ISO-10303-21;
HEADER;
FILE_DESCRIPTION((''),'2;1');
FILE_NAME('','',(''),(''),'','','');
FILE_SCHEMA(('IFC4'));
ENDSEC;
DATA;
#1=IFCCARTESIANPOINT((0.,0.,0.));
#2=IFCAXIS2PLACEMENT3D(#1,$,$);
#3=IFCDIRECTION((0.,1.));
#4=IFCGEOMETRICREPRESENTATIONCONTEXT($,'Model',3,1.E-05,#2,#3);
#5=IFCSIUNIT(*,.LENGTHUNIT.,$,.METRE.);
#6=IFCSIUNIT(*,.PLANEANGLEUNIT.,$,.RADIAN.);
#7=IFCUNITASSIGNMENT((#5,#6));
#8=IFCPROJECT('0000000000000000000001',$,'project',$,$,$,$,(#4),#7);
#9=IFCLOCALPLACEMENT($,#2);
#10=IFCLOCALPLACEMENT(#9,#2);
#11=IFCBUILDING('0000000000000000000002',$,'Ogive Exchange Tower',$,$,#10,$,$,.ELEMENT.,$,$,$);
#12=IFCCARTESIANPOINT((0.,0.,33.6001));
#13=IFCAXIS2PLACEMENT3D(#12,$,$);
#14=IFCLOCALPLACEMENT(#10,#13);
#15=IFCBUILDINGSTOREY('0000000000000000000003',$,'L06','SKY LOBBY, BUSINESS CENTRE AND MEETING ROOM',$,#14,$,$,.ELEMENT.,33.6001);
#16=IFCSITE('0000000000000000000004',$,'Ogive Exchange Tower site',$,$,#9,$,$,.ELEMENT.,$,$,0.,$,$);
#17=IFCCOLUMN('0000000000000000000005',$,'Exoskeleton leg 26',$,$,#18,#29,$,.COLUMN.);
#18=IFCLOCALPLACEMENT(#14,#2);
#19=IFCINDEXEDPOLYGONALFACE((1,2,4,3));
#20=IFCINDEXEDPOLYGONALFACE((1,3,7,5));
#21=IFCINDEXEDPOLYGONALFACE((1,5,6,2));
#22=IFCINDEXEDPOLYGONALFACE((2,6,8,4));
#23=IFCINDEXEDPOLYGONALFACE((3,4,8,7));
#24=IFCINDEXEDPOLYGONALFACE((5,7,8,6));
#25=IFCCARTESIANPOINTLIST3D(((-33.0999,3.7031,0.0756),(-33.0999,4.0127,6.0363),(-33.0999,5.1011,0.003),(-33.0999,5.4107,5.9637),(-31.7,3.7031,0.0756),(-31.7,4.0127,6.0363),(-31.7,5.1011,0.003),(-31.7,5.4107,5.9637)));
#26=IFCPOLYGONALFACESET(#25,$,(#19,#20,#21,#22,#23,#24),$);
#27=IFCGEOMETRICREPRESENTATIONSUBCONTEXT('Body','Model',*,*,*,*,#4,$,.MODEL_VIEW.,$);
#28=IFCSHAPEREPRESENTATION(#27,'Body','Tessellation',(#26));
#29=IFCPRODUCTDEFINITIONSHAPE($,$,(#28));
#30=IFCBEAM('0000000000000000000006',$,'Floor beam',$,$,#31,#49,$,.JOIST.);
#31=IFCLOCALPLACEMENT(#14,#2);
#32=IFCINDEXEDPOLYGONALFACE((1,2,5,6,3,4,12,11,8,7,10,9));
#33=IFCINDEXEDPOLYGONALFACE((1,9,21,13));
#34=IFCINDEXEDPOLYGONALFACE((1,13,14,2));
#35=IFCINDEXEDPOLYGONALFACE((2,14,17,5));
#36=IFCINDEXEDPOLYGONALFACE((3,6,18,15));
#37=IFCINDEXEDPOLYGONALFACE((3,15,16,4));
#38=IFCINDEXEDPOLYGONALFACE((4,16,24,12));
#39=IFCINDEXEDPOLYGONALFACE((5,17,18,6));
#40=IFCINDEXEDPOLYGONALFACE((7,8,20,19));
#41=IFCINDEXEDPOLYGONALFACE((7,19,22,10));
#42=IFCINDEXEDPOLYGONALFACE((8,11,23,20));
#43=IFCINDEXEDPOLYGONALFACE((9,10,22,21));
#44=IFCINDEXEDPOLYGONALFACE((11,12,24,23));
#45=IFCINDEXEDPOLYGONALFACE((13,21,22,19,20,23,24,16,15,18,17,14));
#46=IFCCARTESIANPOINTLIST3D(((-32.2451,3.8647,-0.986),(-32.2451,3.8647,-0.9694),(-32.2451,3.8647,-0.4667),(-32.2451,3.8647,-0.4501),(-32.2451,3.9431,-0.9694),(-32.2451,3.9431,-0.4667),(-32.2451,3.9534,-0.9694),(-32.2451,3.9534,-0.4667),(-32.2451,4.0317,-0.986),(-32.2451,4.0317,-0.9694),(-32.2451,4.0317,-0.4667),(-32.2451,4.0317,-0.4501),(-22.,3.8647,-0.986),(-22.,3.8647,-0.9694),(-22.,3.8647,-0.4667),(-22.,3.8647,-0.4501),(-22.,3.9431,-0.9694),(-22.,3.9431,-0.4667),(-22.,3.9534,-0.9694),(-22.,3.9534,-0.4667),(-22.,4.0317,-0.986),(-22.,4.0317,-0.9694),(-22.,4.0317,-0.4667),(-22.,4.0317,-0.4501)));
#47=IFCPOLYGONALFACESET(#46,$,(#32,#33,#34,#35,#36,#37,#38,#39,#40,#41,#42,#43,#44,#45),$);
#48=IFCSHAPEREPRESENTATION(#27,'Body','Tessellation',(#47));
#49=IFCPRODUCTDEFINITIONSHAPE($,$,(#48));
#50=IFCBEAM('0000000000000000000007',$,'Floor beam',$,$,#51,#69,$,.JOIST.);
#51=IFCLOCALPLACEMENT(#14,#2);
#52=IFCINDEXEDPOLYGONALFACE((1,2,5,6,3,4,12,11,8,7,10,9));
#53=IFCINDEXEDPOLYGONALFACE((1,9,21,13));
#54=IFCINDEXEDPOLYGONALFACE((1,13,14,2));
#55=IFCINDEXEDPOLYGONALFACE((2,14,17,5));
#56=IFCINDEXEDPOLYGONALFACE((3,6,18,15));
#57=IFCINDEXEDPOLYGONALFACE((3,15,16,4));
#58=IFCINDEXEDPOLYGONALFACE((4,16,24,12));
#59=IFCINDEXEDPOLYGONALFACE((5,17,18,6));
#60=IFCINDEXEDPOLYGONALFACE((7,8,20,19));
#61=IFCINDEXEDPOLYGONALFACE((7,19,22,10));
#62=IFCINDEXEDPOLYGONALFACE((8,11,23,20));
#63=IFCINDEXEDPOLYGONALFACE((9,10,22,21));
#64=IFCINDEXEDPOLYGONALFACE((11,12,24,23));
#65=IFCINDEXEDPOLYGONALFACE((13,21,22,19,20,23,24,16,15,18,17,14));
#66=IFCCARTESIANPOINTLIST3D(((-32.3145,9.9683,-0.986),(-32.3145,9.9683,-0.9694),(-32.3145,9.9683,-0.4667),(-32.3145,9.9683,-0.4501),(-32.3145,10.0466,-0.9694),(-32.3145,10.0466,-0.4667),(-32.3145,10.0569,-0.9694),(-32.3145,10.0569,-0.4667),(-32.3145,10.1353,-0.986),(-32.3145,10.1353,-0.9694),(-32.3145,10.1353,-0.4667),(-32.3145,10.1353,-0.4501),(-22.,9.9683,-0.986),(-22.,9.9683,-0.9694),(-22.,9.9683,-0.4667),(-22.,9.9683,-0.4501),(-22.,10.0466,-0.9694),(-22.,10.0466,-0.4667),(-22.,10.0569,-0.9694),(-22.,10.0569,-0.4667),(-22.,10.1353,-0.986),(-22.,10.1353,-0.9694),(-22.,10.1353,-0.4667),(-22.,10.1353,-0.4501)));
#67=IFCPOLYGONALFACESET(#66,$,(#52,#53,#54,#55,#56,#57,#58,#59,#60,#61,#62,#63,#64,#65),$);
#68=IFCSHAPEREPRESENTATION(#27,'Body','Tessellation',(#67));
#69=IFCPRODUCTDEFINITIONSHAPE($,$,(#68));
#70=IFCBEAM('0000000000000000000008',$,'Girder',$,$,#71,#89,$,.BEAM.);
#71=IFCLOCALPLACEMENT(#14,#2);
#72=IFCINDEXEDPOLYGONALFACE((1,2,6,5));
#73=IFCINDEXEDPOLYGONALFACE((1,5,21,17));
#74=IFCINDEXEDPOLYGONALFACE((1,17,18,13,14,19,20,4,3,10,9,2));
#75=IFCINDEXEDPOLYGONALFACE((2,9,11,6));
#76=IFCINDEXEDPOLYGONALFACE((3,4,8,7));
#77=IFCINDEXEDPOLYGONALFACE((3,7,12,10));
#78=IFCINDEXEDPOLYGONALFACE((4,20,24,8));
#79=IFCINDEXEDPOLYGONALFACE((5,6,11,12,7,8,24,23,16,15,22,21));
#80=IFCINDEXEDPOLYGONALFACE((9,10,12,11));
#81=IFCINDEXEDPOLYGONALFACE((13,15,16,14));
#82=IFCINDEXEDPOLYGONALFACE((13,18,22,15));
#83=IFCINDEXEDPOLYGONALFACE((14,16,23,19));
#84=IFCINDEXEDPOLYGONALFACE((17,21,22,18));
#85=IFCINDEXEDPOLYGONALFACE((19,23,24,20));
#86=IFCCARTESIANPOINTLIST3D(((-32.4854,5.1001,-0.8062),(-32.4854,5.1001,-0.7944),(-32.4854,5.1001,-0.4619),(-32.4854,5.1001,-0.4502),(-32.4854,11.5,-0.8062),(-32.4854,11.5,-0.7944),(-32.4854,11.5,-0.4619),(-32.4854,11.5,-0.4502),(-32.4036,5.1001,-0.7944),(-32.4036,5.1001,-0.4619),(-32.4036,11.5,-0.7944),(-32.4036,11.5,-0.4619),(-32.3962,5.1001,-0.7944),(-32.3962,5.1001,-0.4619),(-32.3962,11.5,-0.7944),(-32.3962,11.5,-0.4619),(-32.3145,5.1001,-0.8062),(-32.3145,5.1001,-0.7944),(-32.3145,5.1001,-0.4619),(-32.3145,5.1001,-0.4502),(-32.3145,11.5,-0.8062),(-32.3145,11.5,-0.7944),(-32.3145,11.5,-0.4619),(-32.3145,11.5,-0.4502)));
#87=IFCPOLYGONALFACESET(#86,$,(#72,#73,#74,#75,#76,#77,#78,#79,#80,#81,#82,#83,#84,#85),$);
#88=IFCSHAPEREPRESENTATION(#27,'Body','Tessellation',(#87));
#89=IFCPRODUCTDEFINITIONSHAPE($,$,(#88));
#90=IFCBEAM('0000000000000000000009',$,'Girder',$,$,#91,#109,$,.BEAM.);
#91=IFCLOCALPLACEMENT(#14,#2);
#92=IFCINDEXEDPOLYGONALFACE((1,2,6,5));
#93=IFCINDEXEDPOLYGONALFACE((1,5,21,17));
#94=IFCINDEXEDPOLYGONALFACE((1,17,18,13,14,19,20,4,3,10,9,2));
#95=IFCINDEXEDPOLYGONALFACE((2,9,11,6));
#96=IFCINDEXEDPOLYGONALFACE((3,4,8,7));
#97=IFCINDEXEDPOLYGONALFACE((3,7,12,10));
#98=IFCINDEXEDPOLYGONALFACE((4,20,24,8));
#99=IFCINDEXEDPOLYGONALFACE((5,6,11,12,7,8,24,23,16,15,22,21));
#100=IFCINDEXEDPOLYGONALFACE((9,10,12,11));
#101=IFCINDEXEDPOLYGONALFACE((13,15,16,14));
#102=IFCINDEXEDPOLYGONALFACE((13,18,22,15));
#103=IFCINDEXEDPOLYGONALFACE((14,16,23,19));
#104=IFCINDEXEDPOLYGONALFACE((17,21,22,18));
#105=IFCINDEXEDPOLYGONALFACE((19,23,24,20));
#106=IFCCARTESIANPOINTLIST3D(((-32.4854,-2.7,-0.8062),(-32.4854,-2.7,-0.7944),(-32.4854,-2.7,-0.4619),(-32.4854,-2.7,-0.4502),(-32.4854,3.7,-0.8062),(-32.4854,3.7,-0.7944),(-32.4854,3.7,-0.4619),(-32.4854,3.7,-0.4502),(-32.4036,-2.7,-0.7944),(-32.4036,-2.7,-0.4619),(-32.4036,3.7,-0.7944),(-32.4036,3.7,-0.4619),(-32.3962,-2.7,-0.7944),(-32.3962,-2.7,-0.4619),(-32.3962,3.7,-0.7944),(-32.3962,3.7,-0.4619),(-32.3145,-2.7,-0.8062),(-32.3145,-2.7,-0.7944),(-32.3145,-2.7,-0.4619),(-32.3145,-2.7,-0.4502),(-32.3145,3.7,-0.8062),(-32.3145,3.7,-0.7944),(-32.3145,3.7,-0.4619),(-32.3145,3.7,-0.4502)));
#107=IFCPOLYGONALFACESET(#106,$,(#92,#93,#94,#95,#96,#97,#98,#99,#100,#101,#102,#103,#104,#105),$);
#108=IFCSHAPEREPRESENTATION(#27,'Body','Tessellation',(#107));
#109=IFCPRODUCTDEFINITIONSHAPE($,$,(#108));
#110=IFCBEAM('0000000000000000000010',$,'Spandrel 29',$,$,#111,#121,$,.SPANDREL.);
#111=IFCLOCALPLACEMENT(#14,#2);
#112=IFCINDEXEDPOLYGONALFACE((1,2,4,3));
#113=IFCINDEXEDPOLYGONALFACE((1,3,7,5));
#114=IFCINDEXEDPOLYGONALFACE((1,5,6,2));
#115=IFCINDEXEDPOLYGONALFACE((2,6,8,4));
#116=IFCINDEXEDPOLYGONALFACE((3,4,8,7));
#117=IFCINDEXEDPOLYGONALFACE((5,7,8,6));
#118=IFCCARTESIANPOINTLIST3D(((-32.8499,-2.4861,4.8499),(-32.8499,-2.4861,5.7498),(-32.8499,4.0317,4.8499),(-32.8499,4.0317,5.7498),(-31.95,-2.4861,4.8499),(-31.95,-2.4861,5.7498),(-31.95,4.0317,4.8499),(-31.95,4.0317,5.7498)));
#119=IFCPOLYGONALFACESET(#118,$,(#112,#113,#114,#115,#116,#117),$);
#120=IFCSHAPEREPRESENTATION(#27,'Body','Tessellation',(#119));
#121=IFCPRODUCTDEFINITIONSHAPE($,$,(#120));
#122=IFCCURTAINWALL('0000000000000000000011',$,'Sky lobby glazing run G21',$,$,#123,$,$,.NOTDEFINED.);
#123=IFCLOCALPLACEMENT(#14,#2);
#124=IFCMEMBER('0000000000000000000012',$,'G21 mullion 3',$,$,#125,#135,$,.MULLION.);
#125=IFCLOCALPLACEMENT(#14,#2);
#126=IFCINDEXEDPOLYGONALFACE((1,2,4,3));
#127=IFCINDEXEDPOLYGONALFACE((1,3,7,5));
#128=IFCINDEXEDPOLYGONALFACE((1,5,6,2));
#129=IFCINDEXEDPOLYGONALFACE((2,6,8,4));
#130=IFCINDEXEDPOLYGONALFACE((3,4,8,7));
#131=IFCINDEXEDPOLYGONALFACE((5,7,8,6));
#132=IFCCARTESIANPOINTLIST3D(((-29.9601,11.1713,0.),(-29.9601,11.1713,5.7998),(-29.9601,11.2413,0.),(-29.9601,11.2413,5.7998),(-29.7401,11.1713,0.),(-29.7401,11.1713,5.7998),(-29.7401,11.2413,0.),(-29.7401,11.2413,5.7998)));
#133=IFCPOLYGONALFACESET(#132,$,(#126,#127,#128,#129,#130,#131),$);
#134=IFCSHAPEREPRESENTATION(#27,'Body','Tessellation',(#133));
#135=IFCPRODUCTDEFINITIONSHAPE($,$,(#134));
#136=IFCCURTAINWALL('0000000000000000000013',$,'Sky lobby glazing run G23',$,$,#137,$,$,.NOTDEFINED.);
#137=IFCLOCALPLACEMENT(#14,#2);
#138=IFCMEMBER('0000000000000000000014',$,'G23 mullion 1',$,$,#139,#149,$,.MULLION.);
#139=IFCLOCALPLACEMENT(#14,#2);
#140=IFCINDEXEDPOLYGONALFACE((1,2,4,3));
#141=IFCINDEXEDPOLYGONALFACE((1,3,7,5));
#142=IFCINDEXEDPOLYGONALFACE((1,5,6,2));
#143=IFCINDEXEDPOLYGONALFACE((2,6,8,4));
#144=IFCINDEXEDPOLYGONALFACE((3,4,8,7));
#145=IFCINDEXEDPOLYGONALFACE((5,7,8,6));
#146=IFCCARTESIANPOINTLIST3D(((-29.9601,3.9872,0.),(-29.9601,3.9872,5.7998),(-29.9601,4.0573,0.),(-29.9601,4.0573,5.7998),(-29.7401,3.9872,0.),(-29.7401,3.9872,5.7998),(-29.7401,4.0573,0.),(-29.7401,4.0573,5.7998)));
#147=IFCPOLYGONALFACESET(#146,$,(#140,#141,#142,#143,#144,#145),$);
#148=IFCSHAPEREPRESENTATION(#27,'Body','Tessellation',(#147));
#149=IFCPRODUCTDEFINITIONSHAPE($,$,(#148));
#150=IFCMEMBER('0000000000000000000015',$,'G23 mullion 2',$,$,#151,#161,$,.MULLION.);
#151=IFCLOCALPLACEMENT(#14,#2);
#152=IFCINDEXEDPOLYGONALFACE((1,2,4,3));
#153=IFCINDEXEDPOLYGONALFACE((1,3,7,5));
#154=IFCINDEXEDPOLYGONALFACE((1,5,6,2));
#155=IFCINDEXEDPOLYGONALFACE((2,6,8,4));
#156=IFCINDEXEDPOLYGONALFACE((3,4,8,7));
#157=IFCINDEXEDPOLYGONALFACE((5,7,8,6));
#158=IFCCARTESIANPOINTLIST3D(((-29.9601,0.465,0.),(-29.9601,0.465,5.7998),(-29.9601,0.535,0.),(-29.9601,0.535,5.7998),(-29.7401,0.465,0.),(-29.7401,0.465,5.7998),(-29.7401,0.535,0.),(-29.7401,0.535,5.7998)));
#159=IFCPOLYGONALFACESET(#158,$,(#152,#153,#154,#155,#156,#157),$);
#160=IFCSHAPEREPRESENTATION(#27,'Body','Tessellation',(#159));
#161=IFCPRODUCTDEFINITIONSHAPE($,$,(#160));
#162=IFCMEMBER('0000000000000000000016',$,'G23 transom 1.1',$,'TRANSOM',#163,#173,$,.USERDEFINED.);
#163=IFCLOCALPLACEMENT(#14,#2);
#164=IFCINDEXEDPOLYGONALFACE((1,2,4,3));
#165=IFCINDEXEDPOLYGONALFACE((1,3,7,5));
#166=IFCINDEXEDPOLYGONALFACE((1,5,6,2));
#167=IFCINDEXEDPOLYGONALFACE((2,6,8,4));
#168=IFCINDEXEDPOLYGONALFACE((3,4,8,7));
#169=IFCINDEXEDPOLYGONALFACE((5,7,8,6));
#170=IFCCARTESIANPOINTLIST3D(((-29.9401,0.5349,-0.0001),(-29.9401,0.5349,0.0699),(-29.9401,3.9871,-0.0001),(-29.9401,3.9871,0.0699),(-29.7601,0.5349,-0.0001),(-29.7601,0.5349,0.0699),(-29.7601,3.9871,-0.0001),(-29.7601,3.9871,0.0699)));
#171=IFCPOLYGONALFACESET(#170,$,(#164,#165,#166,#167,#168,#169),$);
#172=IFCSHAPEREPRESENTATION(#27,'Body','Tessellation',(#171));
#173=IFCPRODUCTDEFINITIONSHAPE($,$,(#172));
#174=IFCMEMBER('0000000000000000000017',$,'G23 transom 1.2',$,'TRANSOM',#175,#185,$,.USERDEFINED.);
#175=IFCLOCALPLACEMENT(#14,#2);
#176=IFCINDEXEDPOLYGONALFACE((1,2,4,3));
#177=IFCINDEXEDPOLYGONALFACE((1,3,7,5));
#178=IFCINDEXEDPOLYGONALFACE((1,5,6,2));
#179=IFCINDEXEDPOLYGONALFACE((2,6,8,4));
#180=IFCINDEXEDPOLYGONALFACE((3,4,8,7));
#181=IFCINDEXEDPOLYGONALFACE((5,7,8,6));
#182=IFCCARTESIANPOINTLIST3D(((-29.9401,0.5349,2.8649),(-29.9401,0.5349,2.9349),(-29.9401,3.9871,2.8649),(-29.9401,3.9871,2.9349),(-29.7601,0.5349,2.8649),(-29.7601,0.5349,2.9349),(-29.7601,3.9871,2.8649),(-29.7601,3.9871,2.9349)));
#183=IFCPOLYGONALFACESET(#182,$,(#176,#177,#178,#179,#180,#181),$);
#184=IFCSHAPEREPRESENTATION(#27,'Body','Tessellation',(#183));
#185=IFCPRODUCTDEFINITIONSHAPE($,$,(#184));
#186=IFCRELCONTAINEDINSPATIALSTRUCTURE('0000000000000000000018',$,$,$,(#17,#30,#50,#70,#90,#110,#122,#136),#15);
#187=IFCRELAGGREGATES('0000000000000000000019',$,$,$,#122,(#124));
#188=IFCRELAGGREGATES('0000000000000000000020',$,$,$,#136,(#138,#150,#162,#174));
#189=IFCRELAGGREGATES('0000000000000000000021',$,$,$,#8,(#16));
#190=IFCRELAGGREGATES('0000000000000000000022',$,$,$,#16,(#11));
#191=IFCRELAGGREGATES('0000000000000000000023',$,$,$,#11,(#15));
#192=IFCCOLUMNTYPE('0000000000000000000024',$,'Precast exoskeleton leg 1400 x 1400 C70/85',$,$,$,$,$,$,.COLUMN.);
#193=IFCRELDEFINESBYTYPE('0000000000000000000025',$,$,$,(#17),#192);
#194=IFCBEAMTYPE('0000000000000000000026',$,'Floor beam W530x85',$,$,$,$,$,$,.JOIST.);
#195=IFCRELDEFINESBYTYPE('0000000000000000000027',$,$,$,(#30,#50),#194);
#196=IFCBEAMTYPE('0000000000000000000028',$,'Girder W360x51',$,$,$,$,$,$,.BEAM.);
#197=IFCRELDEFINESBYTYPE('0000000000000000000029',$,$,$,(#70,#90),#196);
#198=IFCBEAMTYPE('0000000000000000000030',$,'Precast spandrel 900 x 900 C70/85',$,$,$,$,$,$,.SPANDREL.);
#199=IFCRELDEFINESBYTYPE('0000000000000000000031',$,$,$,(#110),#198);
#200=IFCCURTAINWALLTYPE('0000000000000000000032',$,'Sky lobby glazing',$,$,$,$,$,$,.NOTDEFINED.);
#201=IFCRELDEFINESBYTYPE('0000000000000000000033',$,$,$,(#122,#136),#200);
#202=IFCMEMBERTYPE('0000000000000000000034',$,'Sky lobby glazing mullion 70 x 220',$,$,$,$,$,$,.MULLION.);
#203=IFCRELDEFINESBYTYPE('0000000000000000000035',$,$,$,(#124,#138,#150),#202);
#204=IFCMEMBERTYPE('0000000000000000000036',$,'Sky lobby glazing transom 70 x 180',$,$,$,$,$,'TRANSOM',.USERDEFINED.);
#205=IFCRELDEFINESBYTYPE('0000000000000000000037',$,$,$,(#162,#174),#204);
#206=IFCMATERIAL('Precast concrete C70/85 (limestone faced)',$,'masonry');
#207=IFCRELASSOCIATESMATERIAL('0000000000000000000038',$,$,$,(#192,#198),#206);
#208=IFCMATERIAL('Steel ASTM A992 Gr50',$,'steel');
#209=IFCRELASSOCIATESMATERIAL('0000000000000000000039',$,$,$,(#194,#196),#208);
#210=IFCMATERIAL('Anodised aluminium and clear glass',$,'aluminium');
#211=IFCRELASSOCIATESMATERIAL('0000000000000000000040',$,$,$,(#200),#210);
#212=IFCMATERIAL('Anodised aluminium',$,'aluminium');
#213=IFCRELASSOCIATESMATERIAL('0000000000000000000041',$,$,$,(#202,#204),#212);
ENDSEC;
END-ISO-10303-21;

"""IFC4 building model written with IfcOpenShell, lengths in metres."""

from ifc_helpers import new_model, si_unit, direction, frame, origin, origin_2d, place, context, subcontext, project, spatial, rectangle, i_section, extrude, material, material_profile, profile_set, type_object, element, aggregate, save


model = new_model("IFC4")

# Units and contexts
model_context = context("Model", 3, precision=1e-05, world=origin(), true_north=direction((0.0, 1.0)))
body_context = subcontext(model_context, "Body", "Model", "MODEL_VIEW")
ifc_project = project(units=[si_unit("LENGTHUNIT", "METRE"), si_unit("PLANEANGLEUNIT", "RADIAN")], contexts=[model_context])

# Site, building, storey
site_placement = place(None, origin())
site = spatial("IfcSite", under=ifc_project, at=site_placement, Name="Ogive Exchange Tower site", CompositionType="ELEMENT", RefElevation=0.0)
building_placement = place(site_placement, origin())
building = spatial("IfcBuilding", under=site, at=building_placement, Name="Ogive Exchange Tower", CompositionType="ELEMENT")
storey_placement = place(building_placement, frame((0.0, 0.0, 33.6001)))
storey = spatial("IfcBuildingStorey", under=building, at=storey_placement, Name="L06", Description="SKY LOBBY, BUSINESS CENTRE AND MEETING ROOM", CompositionType="ELEMENT", Elevation=33.6001)

# Column
ifc_material_1 = material(Name="Precast concrete C70/85 (limestone faced)", Category="masonry")
ifc_material_profile_1 = material_profile(ifc_material_1, rectangle(XDim=1.3999, YDim=1.3999, at=origin_2d()), Name="1400 x 1400")
ifc_profile_set_1 = profile_set([ifc_material_profile_1], Name="Precast concrete C70/85 (limestone faced)")
column_type = type_object("IfcColumnType", Name="Precast exoskeleton leg 1400 x 1400 C70/85", PredefinedType="COLUMN", material=ifc_profile_set_1)
column_placement = place(storey_placement, frame((-32.3999, 4.4021, 0.0393), z_axis=(0.0, 0.051865, 0.998654), x_axis=(-1.0, 0.0, 0.0)))
element("IfcColumn", 1, at=column_placement, inside=storey, type_object=column_type, Name="Exoskeleton leg 26", PredefinedType="COLUMN", context=body_context, shape_type="SweptSolid", body=[
    extrude(rectangle(XDim=1.3999, YDim=1.3999, at=origin_2d()), origin(), (0.0, 0.0, 1.0), 5.9688),
])

# Beams
ifc_material_2 = material(Name="Steel ASTM A992 Gr50", Category="steel")
ifc_material_profile_2 = material_profile(ifc_material_2, i_section(OverallWidth=0.167, OverallDepth=0.5359, WebThickness=0.0103, FlangeThickness=0.0166, at=origin_2d()), Name="W530x85")
ifc_profile_set_2 = profile_set([ifc_material_profile_2], Name="Steel ASTM A992 Gr50")
beam_type_1 = type_object("IfcBeamType", Name="Floor beam W530x85", PredefinedType="JOIST", material=ifc_profile_set_2)
beam_1_placement = place(storey_placement, frame((-32.2451, 3.9482, -0.718), z_axis=(1.0, 0.0, 0.0), x_axis=(0.0, 1.0, 0.0)))
element("IfcBeam", 2, at=beam_1_placement, inside=storey, type_object=beam_type_1, Name="Floor beam", PredefinedType="JOIST", context=body_context, shape_type="SweptSolid", body=[
    extrude(i_section(OverallWidth=0.167, OverallDepth=0.5359, WebThickness=0.0103, FlangeThickness=0.0166, at=origin_2d()), origin(), (0.0, 0.0, 1.0), 10.2451),
])
beam_2_placement = place(storey_placement, frame((-32.3145, 10.0518, -0.718), z_axis=(1.0, 0.0, 0.0), x_axis=(0.0, 1.0, 0.0)))
element("IfcBeam", 3, at=beam_2_placement, inside=storey, type_object=beam_type_1, Name="Floor beam", PredefinedType="JOIST", context=body_context, shape_type="SweptSolid", body=[
    extrude(i_section(OverallWidth=0.167, OverallDepth=0.5359, WebThickness=0.0103, FlangeThickness=0.0166, at=origin_2d()), origin(), (0.0, 0.0, 1.0), 10.3145),
])
ifc_material_profile_3 = material_profile(ifc_material_2, i_section(OverallWidth=0.1709, OverallDepth=0.356, WebThickness=0.0073, FlangeThickness=0.0117, at=origin_2d()), Name="W360x51")
ifc_profile_set_3 = profile_set([ifc_material_profile_3], Name="Steel ASTM A992 Gr50")
beam_type_2 = type_object("IfcBeamType", Name="Girder W360x51", PredefinedType="BEAM", material=ifc_profile_set_3)
for number, where, z_axis, x_axis, name in (
    (4, (-32.3999, 11.5, -0.6282), (0.0, -1.0, 0.0), (1.0, 0.0, 0.0), "Girder"),
    (5, (-32.3999, 3.7, -0.6282), (0.0, -1.0, 0.0), (1.0, 0.0, 0.0), "Girder"),
):
    element("IfcBeam", number, at=place(storey_placement, frame(where, z_axis=z_axis, x_axis=x_axis)), inside=storey, type_object=beam_type_2, Name=name, PredefinedType="BEAM", context=body_context, shape_type="SweptSolid", body=[
        extrude(i_section(OverallWidth=0.1709, OverallDepth=0.356, WebThickness=0.0073, FlangeThickness=0.0117, at=origin_2d()), origin(), (0.0, 0.0, 1.0), 6.3999),
    ])
ifc_material_profile_4 = material_profile(ifc_material_1, rectangle(XDim=0.8999, YDim=0.8999, at=origin_2d()), Name="900 x 900")
ifc_profile_set_4 = profile_set([ifc_material_profile_4], Name="Precast concrete C70/85 (limestone faced)")
beam_type_3 = type_object("IfcBeamType", Name="Precast spandrel 900 x 900 C70/85", PredefinedType="SPANDREL", material=ifc_profile_set_4)
beam_3_placement = place(storey_placement, frame((-32.3999, 4.0317, 5.2998), z_axis=(0.0, -1.0, 0.0), x_axis=(1.0, 0.0, 0.0)))
element("IfcBeam", 6, at=beam_3_placement, inside=storey, type_object=beam_type_3, Name="Spandrel 29", PredefinedType="SPANDREL", context=body_context, shape_type="SweptSolid", body=[
    extrude(rectangle(XDim=0.8999, YDim=0.8999, at=origin_2d()), origin(), (0.0, 0.0, 1.0), 6.5178),
])

# Curtain wall, member
ifc_material_3 = material(Name="Anodised aluminium and clear glass", Category="aluminium")
curtain_wall_type = type_object("IfcCurtainWallType", Name="Sky lobby glazing", PredefinedType="NOTDEFINED", material=ifc_material_3)
curtain_wall_1_placement = place(storey_placement, origin())
curtain_wall_1 = element("IfcCurtainWall", 7, at=curtain_wall_1_placement, inside=storey, type_object=curtain_wall_type, Name="Sky lobby glazing run G21", PredefinedType="NOTDEFINED")
ifc_material_4 = material(Name="Anodised aluminium", Category="aluminium")
ifc_material_profile_5 = material_profile(ifc_material_4, rectangle(XDim=0.22, YDim=0.0701, at=origin_2d()), Name="AL 70x220")
ifc_profile_set_5 = profile_set([ifc_material_profile_5], Name="Anodised aluminium")
member_type_1 = type_object("IfcMemberType", Name="Sky lobby glazing mullion 70 x 220", PredefinedType="MULLION", material=ifc_profile_set_5)
member_1_placement = place(storey_placement, frame((-29.8501, 11.2063, 0.0), z_axis=(0.0, 0.0, 1.0), x_axis=(1.0, 0.0, 0.0)))
member_1 = element("IfcMember", 8, at=member_1_placement, type_object=member_type_1, Name="G21 mullion 3", PredefinedType="MULLION", context=body_context, shape_type="SweptSolid", body=[
    extrude(rectangle(XDim=0.22, YDim=0.0701, at=origin_2d()), origin(), (0.0, 0.0, 1.0), 5.7998),
])
aggregate(curtain_wall_1, [member_1])

# Curtain wall, members
curtain_wall_2_placement = place(storey_placement, origin())
curtain_wall_2 = element("IfcCurtainWall", 9, at=curtain_wall_2_placement, inside=storey, type_object=curtain_wall_type, Name="Sky lobby glazing run G23", PredefinedType="NOTDEFINED")
member_2_placement = place(storey_placement, frame((-29.8501, 4.0222, 0.0), z_axis=(0.0, 0.0, 1.0), x_axis=(1.0, 0.0, 0.0)))
member_2 = element("IfcMember", 10, at=member_2_placement, type_object=member_type_1, Name="G23 mullion 1", PredefinedType="MULLION", context=body_context, shape_type="SweptSolid", body=[
    extrude(rectangle(XDim=0.22, YDim=0.0701, at=origin_2d()), origin(), (0.0, 0.0, 1.0), 5.7998),
])
member_3_placement = place(storey_placement, frame((-29.8501, 0.5, 0.0), z_axis=(0.0, 0.0, 1.0), x_axis=(1.0, 0.0, 0.0)))
member_3 = element("IfcMember", 11, at=member_3_placement, type_object=member_type_1, Name="G23 mullion 2", PredefinedType="MULLION", context=body_context, shape_type="SweptSolid", body=[
    extrude(rectangle(XDim=0.22, YDim=0.0701, at=origin_2d()), origin(), (0.0, 0.0, 1.0), 5.7998),
])
ifc_material_profile_6 = material_profile(ifc_material_4, rectangle(XDim=0.1799, YDim=0.0701, at=origin_2d()), Name="AL 70x180")
ifc_profile_set_6 = profile_set([ifc_material_profile_6], Name="Anodised aluminium")
member_type_2 = type_object("IfcMemberType", Name="Sky lobby glazing transom 70 x 180", ElementType="TRANSOM", PredefinedType="USERDEFINED", material=ifc_profile_set_6)
member_4_placement = place(storey_placement, frame((-29.8501, 3.9871, 0.0349), z_axis=(0.0, -1.0, 0.0), x_axis=(1.0, 0.0, 0.0)))
member_4 = element("IfcMember", 12, at=member_4_placement, type_object=member_type_2, Name="G23 transom 1.1", ObjectType="TRANSOM", PredefinedType="USERDEFINED", context=body_context, shape_type="SweptSolid", body=[
    extrude(rectangle(XDim=0.1799, YDim=0.0701, at=origin_2d()), origin(), (0.0, 0.0, 1.0), 3.4521),
])
member_5_placement = place(storey_placement, frame((-29.8501, 3.9871, 2.8999), z_axis=(0.0, -1.0, 0.0), x_axis=(1.0, 0.0, 0.0)))
member_5 = element("IfcMember", 13, at=member_5_placement, type_object=member_type_2, Name="G23 transom 1.2", ObjectType="TRANSOM", PredefinedType="USERDEFINED", context=body_context, shape_type="SweptSolid", body=[
    extrude(rectangle(XDim=0.1799, YDim=0.0701, at=origin_2d()), origin(), (0.0, 0.0, 1.0), 3.4521),
])
aggregate(curtain_wall_2, [member_2, member_3, member_4, member_5])

save(model, "model.ifc")
